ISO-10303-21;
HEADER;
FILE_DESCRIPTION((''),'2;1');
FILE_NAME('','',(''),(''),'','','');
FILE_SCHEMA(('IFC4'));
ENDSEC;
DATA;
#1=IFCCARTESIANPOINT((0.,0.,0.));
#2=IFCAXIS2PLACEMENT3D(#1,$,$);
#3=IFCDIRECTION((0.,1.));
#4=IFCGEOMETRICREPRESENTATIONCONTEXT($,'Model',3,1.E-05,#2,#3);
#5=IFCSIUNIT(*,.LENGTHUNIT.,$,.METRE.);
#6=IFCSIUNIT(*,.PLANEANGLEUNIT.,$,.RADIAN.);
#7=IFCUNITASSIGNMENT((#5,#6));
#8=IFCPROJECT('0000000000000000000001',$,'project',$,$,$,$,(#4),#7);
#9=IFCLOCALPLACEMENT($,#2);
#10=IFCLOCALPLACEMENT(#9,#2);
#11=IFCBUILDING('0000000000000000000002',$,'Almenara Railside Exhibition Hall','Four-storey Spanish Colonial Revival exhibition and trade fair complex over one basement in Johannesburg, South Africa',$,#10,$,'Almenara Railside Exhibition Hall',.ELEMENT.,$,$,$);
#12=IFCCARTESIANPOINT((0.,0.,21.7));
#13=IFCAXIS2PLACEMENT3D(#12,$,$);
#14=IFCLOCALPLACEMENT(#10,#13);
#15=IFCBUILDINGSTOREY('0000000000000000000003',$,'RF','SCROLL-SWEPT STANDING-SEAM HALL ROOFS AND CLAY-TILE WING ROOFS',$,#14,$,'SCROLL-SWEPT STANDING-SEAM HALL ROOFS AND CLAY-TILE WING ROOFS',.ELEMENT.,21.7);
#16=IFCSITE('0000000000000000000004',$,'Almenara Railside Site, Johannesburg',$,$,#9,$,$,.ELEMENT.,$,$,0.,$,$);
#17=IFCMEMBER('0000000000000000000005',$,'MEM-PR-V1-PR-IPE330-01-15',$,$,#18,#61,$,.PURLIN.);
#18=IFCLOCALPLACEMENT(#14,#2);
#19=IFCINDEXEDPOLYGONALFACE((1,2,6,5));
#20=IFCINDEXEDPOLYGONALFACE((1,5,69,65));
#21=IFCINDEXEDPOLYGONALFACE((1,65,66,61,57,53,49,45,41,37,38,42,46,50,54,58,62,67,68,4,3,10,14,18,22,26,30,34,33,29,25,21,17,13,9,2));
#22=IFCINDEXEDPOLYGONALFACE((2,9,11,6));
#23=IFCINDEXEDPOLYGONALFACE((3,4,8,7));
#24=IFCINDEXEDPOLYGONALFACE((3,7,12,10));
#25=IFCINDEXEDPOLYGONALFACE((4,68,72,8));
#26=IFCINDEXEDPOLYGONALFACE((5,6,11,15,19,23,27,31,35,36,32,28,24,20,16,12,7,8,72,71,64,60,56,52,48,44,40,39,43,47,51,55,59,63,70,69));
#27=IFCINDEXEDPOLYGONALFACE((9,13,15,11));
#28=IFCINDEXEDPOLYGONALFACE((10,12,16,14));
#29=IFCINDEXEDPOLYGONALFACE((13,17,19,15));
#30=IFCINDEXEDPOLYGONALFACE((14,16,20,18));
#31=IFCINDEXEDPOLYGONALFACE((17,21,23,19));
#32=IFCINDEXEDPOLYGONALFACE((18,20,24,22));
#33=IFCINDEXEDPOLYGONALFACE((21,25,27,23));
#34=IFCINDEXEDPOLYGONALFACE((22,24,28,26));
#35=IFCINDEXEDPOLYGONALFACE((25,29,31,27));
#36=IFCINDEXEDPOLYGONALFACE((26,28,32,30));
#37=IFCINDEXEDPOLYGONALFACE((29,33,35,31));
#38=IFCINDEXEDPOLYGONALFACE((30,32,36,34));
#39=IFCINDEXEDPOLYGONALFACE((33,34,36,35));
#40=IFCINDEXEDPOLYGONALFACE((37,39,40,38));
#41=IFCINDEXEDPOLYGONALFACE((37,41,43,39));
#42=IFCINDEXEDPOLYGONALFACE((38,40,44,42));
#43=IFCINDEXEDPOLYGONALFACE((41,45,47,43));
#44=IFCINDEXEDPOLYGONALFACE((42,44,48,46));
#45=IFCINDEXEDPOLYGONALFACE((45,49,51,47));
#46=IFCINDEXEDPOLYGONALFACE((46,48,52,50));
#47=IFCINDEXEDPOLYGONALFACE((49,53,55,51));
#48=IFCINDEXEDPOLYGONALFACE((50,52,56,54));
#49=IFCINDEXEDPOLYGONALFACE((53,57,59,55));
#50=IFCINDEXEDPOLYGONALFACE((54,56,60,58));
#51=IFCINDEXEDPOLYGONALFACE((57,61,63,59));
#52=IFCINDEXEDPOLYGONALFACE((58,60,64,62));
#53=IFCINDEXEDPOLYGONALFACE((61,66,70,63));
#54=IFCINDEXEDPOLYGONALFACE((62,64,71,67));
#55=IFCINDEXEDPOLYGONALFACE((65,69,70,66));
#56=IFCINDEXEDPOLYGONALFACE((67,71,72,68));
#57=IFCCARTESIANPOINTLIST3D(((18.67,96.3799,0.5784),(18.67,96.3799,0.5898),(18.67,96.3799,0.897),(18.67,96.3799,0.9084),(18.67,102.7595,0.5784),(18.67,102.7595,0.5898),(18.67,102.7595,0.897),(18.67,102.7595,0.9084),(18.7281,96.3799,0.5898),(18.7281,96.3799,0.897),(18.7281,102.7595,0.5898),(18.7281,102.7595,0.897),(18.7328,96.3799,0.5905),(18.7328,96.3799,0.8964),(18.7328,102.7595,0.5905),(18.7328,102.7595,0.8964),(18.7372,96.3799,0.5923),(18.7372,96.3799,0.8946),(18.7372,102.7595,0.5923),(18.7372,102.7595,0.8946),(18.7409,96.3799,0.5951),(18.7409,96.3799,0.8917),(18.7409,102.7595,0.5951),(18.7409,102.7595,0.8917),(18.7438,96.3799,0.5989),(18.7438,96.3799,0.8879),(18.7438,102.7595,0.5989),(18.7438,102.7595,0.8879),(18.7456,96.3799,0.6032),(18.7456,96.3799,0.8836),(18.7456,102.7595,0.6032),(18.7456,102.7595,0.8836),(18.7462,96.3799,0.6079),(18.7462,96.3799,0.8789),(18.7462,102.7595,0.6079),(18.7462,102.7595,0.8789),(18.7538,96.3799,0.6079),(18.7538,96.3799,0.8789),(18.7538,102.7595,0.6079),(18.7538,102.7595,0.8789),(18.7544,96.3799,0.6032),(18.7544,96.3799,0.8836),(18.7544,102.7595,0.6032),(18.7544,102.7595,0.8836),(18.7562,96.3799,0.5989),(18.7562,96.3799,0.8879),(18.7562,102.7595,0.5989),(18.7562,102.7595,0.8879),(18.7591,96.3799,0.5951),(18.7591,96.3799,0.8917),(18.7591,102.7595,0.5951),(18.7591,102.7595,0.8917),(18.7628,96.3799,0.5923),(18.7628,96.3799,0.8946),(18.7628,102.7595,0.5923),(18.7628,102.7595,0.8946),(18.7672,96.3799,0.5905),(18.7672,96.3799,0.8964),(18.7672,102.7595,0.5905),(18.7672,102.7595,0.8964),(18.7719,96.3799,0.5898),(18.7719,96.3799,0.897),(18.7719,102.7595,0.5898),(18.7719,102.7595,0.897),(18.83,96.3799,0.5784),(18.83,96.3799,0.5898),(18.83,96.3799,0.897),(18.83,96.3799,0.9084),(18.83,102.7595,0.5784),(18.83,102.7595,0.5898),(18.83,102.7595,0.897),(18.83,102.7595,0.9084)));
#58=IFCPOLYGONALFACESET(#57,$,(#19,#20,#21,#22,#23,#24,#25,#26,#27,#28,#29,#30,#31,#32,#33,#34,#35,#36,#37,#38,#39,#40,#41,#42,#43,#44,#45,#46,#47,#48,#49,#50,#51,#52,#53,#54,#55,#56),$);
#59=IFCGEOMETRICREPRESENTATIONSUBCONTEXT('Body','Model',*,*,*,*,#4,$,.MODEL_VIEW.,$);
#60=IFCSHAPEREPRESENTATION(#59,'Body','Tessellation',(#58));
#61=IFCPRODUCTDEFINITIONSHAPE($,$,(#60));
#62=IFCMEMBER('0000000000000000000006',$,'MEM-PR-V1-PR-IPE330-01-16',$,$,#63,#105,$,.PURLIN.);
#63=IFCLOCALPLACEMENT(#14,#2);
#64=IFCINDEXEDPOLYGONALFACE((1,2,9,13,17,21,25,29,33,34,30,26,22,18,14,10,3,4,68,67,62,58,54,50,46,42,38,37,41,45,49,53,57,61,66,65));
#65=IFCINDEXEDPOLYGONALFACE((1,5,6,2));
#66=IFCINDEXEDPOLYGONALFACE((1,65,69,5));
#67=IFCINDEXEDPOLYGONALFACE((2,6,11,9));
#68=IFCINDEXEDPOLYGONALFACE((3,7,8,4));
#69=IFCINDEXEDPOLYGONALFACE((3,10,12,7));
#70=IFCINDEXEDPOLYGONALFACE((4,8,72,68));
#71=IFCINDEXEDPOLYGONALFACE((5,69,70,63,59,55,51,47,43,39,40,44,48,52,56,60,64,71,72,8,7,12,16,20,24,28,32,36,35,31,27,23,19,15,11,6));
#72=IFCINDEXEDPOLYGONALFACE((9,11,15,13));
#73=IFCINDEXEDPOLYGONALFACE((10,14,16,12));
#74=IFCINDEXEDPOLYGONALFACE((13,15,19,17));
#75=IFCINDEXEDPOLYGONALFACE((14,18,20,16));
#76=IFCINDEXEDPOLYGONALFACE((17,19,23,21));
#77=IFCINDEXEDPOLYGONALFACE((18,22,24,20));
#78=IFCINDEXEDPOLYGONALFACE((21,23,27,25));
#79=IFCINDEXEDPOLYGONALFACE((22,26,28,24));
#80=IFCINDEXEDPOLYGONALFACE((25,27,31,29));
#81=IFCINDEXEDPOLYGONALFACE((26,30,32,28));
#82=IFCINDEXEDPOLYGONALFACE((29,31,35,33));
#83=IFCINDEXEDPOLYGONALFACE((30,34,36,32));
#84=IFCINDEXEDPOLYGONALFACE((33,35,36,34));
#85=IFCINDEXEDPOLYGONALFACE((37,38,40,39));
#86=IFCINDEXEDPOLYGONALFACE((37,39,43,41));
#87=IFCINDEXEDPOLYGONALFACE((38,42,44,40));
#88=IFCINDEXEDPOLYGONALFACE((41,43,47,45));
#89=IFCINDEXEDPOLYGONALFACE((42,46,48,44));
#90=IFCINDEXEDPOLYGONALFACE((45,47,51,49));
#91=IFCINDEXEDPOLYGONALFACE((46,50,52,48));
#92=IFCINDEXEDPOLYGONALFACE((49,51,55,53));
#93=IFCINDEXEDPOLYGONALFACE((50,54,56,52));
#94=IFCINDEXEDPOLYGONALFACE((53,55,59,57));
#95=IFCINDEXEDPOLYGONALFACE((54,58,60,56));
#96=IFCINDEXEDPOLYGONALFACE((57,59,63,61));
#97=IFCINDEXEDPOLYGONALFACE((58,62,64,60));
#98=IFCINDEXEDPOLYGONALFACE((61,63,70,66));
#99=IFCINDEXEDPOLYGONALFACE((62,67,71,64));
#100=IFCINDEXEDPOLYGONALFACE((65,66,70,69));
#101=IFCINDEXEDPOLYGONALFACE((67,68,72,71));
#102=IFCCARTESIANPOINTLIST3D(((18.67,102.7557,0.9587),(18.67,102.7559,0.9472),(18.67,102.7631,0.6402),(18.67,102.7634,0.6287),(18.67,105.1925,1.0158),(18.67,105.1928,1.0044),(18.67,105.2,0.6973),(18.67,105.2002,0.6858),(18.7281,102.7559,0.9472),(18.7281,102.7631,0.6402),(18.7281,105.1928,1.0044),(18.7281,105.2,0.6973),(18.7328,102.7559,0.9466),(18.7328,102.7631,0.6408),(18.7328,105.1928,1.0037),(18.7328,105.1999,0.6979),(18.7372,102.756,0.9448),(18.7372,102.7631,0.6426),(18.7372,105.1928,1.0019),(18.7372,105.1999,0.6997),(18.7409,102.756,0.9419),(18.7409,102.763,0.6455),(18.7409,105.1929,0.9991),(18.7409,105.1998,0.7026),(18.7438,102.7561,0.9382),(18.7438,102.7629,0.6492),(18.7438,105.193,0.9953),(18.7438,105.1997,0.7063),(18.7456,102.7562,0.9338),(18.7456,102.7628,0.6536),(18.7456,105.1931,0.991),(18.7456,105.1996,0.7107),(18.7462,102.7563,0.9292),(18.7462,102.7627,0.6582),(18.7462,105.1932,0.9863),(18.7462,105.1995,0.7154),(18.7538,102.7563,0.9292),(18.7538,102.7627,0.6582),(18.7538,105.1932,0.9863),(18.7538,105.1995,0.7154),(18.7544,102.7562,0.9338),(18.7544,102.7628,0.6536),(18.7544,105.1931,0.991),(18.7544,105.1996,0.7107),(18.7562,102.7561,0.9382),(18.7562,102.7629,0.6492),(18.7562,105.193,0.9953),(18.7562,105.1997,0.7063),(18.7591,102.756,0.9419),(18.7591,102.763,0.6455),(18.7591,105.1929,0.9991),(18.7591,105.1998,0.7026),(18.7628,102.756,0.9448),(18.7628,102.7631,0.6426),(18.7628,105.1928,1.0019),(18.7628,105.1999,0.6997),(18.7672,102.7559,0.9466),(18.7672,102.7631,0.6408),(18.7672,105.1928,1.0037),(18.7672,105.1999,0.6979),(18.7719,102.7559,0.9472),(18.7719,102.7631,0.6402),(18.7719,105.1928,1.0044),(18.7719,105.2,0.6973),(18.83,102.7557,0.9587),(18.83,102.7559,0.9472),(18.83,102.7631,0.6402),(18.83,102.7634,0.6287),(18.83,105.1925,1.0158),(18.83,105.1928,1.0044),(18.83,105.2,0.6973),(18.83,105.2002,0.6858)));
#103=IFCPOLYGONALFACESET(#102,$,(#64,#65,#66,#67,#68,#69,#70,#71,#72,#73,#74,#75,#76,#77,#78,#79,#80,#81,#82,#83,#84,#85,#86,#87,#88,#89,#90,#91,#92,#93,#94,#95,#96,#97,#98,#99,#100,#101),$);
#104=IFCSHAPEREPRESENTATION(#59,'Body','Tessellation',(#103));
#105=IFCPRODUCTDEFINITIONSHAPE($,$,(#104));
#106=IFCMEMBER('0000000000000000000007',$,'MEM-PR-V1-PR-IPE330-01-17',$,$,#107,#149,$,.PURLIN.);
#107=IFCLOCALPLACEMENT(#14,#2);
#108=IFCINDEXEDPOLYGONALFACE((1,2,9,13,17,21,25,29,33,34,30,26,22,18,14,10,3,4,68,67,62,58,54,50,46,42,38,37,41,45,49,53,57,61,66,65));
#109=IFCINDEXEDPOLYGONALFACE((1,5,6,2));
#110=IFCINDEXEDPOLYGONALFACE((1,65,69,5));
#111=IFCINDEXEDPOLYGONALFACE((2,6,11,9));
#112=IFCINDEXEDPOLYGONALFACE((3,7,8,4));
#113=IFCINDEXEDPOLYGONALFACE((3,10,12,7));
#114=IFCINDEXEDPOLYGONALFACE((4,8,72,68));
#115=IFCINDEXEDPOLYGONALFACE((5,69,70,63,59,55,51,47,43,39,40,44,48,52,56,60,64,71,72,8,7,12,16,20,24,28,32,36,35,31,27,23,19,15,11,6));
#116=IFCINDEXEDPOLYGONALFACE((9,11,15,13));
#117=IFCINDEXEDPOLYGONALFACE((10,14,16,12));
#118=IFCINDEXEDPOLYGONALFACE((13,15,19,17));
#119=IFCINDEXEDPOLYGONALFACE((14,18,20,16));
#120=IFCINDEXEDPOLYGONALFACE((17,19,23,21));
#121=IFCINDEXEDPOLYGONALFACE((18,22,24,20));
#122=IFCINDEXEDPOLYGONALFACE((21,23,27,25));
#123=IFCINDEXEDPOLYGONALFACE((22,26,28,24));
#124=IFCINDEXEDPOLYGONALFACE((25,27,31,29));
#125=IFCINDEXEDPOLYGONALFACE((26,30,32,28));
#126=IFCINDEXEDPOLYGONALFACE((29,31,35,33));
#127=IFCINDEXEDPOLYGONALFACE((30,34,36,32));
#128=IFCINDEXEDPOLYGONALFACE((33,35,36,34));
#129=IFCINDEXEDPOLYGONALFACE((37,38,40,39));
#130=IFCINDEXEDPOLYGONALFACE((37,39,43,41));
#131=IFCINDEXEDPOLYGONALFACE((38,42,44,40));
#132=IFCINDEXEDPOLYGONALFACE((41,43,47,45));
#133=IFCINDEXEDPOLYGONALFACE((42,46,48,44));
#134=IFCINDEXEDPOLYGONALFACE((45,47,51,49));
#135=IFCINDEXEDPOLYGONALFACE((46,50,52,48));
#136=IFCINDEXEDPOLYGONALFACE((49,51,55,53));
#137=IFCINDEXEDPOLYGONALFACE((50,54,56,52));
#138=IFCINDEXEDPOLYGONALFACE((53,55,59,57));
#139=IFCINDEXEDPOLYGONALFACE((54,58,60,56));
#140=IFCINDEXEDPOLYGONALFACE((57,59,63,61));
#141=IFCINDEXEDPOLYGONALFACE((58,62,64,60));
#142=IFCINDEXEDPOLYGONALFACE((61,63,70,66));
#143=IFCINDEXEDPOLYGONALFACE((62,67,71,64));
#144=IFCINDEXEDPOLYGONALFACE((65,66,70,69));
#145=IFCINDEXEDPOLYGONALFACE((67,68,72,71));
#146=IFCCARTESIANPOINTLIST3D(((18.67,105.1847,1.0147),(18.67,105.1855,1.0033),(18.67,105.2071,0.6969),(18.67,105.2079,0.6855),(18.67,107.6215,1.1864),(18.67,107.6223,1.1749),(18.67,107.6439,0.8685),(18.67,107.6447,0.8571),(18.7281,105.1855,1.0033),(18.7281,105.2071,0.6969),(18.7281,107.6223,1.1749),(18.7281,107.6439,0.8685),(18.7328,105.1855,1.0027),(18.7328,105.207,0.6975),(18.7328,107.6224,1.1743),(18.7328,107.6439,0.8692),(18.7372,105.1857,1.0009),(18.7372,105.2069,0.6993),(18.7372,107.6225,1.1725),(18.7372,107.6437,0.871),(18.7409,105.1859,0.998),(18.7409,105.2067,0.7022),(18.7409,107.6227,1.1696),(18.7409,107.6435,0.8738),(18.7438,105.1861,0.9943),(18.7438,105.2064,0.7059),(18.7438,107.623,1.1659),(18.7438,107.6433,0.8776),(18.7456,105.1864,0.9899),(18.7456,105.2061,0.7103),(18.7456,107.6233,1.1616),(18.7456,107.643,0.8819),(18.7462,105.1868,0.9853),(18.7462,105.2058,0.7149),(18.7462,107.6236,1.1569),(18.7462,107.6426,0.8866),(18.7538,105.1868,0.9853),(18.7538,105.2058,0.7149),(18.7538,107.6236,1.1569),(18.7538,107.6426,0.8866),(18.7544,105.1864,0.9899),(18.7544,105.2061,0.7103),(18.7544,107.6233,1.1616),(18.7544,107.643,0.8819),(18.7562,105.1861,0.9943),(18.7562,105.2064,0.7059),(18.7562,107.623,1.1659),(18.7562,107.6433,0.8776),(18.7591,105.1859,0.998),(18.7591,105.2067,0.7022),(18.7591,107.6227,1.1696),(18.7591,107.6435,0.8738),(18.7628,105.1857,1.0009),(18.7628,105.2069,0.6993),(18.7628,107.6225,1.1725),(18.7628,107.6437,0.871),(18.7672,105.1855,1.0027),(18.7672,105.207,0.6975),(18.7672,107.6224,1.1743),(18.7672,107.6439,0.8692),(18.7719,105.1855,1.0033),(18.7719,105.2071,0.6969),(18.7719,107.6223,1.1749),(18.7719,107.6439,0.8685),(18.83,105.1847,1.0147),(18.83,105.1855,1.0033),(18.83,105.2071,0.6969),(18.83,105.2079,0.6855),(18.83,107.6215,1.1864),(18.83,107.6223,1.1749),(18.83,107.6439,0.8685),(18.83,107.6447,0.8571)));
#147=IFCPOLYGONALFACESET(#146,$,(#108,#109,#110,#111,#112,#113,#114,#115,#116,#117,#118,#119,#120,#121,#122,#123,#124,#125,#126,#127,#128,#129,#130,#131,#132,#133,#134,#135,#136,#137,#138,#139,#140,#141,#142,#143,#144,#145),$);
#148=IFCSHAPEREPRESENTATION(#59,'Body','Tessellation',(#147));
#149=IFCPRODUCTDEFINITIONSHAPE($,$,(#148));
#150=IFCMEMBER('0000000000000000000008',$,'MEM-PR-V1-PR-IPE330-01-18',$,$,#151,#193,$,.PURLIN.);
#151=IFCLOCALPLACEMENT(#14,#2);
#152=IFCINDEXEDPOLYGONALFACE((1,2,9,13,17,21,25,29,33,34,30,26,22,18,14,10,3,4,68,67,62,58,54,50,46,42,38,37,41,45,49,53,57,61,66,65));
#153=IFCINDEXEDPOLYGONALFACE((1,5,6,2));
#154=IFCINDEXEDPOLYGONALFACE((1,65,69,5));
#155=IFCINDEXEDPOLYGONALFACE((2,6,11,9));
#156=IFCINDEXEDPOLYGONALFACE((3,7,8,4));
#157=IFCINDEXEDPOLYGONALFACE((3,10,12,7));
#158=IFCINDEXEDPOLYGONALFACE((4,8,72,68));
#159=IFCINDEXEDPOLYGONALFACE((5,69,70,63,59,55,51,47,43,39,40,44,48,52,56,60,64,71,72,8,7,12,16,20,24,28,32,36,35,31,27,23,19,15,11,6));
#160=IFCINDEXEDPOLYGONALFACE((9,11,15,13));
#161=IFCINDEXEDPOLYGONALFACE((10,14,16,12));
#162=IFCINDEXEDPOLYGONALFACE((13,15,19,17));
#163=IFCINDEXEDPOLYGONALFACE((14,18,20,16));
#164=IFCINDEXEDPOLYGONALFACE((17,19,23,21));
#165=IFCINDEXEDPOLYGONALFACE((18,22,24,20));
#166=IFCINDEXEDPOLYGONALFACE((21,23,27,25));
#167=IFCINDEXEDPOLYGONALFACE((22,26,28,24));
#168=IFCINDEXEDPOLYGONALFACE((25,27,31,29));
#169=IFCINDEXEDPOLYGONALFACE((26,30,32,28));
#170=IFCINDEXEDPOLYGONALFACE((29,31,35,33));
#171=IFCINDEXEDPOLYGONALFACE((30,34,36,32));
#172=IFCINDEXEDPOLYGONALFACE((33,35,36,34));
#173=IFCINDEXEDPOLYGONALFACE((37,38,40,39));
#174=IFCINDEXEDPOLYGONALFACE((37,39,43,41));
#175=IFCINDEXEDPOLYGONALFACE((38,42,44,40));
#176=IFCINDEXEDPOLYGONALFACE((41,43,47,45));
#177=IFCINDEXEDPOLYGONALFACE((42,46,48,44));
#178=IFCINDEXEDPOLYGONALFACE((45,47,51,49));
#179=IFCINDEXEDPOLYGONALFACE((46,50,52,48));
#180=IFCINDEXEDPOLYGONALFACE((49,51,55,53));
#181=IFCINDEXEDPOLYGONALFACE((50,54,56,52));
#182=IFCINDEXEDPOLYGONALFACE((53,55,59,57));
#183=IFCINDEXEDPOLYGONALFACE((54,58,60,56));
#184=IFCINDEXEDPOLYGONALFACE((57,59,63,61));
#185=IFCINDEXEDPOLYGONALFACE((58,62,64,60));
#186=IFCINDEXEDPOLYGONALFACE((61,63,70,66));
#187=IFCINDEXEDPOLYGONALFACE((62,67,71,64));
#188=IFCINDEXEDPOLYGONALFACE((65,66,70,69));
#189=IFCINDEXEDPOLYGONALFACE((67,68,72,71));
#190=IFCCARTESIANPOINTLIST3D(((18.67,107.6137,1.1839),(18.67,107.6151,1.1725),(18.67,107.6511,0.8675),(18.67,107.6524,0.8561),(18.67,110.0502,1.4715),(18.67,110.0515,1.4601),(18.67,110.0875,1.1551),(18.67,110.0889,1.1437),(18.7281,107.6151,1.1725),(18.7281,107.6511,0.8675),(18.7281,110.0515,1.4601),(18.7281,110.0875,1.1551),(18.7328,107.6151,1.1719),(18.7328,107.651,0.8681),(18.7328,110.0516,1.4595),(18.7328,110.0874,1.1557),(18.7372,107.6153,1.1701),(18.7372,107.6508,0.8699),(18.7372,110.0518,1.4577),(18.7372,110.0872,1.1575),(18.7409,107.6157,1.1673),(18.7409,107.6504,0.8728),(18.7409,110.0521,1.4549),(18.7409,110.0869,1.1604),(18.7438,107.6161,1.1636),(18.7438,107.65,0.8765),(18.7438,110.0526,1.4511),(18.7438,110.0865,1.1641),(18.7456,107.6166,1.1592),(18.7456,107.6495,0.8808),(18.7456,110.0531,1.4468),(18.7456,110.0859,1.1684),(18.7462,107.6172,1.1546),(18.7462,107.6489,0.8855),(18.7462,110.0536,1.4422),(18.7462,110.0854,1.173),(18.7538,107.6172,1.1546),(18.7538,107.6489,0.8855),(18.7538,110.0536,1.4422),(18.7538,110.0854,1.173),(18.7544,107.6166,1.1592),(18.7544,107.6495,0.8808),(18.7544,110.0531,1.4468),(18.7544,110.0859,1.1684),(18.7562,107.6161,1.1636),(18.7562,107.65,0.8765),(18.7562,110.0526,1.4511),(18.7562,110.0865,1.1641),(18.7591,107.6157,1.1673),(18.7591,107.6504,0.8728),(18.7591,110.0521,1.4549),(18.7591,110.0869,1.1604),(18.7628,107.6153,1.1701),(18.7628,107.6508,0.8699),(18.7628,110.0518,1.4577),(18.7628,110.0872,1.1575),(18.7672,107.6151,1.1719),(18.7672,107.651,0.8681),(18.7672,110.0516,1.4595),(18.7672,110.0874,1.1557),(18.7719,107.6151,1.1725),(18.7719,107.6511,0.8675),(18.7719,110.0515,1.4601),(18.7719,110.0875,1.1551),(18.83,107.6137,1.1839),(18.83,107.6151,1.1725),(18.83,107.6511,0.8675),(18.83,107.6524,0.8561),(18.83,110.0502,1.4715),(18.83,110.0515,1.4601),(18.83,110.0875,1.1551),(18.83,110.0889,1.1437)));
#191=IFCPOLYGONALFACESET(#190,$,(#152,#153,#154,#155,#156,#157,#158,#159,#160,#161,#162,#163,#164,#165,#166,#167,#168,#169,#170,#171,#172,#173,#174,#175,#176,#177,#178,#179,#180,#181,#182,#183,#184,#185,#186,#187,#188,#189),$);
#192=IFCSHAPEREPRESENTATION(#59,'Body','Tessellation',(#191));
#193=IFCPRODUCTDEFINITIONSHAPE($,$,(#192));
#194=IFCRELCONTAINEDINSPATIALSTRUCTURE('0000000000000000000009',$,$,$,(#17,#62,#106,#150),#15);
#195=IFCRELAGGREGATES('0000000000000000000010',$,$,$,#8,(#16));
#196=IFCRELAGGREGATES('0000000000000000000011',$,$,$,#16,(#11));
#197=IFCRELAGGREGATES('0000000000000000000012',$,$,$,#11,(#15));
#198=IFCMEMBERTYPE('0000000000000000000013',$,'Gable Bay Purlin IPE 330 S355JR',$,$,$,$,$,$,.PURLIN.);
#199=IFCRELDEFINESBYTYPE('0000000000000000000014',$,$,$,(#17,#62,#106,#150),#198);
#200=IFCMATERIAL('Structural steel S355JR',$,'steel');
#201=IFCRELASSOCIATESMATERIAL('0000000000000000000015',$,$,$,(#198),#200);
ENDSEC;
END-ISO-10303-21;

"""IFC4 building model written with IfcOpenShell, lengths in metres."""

from ifc_helpers import new_model, si_unit, direction, frame, origin, origin_2d, place, context, subcontext, project, spatial, i_section, extrude, material, material_profile, profile_set, type_object, element, save


model = new_model("IFC4")

# Units and contexts
model_context = context("Model", 3, precision=1e-05, world=origin(), true_north=direction((0.0, 1.0)))
body_context = subcontext(model_context, "Body", "Model", "MODEL_VIEW")
ifc_project = project(units=[si_unit("LENGTHUNIT", "METRE"), si_unit("PLANEANGLEUNIT", "RADIAN")], contexts=[model_context])

# Site, building, storey
site_placement = place(None, origin())
site = spatial("IfcSite", under=ifc_project, at=site_placement, Name="Almenara Railside Site, Johannesburg", CompositionType="ELEMENT", RefElevation=0.0)
building_placement = place(site_placement, origin())
building = spatial("IfcBuilding", under=site, at=building_placement, Name="Almenara Railside Exhibition Hall", Description="Four-storey Spanish Colonial Revival exhibition and trade fair complex over one basement in Johannesburg, South Africa", LongName="Almenara Railside Exhibition Hall", CompositionType="ELEMENT")
storey_placement = place(building_placement, frame((0.0, 0.0, 21.7)))
storey = spatial("IfcBuildingStorey", under=building, at=storey_placement, Name="RF", Description="SCROLL-SWEPT STANDING-SEAM HALL ROOFS AND CLAY-TILE WING ROOFS", LongName="SCROLL-SWEPT STANDING-SEAM HALL ROOFS AND CLAY-TILE WING ROOFS", CompositionType="ELEMENT", Elevation=21.7)

# Members
ifc_material_1 = material(Name="Structural steel S355JR", Category="steel")
ifc_material_profile_1 = material_profile(ifc_material_1, i_section(OverallWidth=0.1599, OverallDepth=0.3301, WebThickness=0.0076, FlangeThickness=0.0115, FilletRadius=0.0181, at=origin_2d()), Name="IPE 330")
ifc_profile_set_1 = profile_set([ifc_material_profile_1], Name="Structural steel S355JR")
member_type_1 = type_object("IfcMemberType", Name="Gable Bay Purlin IPE 330 S355JR", PredefinedType="PURLIN", material=ifc_profile_set_1)
member_1_placement = place(storey_placement, frame((18.75, 96.3799, 0.7434), z_axis=(0.0, 1.0, 0.0), x_axis=(-1.0, 0.0, 0.0)))
element("IfcMember", 1, at=member_1_placement, inside=storey, type_object=member_type_1, Name="MEM-PR-V1-PR-IPE330-01-15", PredefinedType="PURLIN", context=body_context, shape_type="SweptSolid", body=[
    extrude(i_section(OverallWidth=0.1599, OverallDepth=0.3301, WebThickness=0.0076, FlangeThickness=0.0115, FilletRadius=0.0181, at=origin_2d()), origin(), (0.0, 0.0, 1.0), 6.3796),
])
member_2_placement = place(storey_placement, frame((18.75, 102.7595, 0.7937), z_axis=(0.0, 0.999725, 0.023438), x_axis=(-1.0, 0.0, 0.0)))
element("IfcMember", 2, at=member_2_placement, inside=storey, type_object=member_type_1, Name="MEM-PR-V1-PR-IPE330-01-16", PredefinedType="PURLIN", context=body_context, shape_type="SweptSolid", body=[
    extrude(i_section(OverallWidth=0.1599, OverallDepth=0.3301, WebThickness=0.0076, FlangeThickness=0.0115, FilletRadius=0.0181, at=origin_2d()), origin(), (0.0, 0.0, 1.0), 2.4375),
])
member_3_placement = place(storey_placement, frame((18.75, 105.1963, 0.8501), z_axis=(0.0, 0.997529, 0.07026), x_axis=(-1.0, 0.0, 0.0)))
element("IfcMember", 3, at=member_3_placement, inside=storey, type_object=member_type_1, Name="MEM-PR-V1-PR-IPE330-01-17", PredefinedType="PURLIN", context=body_context, shape_type="SweptSolid", body=[
    extrude(i_section(OverallWidth=0.1599, OverallDepth=0.3301, WebThickness=0.0076, FlangeThickness=0.0115, FilletRadius=0.0181, at=origin_2d()), origin(), (0.0, 0.0, 1.0), 2.4429),
])
member_4_placement = place(storey_placement, frame((18.75, 107.6331, 1.02), z_axis=(0.0, 0.993106, 0.117222), x_axis=(-1.0, 0.0, 0.0)))
element("IfcMember", 4, at=member_4_placement, inside=storey, type_object=member_type_1, Name="MEM-PR-V1-PR-IPE330-01-18", PredefinedType="PURLIN", context=body_context, shape_type="SweptSolid", body=[
    extrude(i_section(OverallWidth=0.1599, OverallDepth=0.3301, WebThickness=0.0076, FlangeThickness=0.0115, FilletRadius=0.0181, at=origin_2d()), origin(), (0.0, 0.0, 1.0), 2.4534),
])

save(model, "model.ifc")
